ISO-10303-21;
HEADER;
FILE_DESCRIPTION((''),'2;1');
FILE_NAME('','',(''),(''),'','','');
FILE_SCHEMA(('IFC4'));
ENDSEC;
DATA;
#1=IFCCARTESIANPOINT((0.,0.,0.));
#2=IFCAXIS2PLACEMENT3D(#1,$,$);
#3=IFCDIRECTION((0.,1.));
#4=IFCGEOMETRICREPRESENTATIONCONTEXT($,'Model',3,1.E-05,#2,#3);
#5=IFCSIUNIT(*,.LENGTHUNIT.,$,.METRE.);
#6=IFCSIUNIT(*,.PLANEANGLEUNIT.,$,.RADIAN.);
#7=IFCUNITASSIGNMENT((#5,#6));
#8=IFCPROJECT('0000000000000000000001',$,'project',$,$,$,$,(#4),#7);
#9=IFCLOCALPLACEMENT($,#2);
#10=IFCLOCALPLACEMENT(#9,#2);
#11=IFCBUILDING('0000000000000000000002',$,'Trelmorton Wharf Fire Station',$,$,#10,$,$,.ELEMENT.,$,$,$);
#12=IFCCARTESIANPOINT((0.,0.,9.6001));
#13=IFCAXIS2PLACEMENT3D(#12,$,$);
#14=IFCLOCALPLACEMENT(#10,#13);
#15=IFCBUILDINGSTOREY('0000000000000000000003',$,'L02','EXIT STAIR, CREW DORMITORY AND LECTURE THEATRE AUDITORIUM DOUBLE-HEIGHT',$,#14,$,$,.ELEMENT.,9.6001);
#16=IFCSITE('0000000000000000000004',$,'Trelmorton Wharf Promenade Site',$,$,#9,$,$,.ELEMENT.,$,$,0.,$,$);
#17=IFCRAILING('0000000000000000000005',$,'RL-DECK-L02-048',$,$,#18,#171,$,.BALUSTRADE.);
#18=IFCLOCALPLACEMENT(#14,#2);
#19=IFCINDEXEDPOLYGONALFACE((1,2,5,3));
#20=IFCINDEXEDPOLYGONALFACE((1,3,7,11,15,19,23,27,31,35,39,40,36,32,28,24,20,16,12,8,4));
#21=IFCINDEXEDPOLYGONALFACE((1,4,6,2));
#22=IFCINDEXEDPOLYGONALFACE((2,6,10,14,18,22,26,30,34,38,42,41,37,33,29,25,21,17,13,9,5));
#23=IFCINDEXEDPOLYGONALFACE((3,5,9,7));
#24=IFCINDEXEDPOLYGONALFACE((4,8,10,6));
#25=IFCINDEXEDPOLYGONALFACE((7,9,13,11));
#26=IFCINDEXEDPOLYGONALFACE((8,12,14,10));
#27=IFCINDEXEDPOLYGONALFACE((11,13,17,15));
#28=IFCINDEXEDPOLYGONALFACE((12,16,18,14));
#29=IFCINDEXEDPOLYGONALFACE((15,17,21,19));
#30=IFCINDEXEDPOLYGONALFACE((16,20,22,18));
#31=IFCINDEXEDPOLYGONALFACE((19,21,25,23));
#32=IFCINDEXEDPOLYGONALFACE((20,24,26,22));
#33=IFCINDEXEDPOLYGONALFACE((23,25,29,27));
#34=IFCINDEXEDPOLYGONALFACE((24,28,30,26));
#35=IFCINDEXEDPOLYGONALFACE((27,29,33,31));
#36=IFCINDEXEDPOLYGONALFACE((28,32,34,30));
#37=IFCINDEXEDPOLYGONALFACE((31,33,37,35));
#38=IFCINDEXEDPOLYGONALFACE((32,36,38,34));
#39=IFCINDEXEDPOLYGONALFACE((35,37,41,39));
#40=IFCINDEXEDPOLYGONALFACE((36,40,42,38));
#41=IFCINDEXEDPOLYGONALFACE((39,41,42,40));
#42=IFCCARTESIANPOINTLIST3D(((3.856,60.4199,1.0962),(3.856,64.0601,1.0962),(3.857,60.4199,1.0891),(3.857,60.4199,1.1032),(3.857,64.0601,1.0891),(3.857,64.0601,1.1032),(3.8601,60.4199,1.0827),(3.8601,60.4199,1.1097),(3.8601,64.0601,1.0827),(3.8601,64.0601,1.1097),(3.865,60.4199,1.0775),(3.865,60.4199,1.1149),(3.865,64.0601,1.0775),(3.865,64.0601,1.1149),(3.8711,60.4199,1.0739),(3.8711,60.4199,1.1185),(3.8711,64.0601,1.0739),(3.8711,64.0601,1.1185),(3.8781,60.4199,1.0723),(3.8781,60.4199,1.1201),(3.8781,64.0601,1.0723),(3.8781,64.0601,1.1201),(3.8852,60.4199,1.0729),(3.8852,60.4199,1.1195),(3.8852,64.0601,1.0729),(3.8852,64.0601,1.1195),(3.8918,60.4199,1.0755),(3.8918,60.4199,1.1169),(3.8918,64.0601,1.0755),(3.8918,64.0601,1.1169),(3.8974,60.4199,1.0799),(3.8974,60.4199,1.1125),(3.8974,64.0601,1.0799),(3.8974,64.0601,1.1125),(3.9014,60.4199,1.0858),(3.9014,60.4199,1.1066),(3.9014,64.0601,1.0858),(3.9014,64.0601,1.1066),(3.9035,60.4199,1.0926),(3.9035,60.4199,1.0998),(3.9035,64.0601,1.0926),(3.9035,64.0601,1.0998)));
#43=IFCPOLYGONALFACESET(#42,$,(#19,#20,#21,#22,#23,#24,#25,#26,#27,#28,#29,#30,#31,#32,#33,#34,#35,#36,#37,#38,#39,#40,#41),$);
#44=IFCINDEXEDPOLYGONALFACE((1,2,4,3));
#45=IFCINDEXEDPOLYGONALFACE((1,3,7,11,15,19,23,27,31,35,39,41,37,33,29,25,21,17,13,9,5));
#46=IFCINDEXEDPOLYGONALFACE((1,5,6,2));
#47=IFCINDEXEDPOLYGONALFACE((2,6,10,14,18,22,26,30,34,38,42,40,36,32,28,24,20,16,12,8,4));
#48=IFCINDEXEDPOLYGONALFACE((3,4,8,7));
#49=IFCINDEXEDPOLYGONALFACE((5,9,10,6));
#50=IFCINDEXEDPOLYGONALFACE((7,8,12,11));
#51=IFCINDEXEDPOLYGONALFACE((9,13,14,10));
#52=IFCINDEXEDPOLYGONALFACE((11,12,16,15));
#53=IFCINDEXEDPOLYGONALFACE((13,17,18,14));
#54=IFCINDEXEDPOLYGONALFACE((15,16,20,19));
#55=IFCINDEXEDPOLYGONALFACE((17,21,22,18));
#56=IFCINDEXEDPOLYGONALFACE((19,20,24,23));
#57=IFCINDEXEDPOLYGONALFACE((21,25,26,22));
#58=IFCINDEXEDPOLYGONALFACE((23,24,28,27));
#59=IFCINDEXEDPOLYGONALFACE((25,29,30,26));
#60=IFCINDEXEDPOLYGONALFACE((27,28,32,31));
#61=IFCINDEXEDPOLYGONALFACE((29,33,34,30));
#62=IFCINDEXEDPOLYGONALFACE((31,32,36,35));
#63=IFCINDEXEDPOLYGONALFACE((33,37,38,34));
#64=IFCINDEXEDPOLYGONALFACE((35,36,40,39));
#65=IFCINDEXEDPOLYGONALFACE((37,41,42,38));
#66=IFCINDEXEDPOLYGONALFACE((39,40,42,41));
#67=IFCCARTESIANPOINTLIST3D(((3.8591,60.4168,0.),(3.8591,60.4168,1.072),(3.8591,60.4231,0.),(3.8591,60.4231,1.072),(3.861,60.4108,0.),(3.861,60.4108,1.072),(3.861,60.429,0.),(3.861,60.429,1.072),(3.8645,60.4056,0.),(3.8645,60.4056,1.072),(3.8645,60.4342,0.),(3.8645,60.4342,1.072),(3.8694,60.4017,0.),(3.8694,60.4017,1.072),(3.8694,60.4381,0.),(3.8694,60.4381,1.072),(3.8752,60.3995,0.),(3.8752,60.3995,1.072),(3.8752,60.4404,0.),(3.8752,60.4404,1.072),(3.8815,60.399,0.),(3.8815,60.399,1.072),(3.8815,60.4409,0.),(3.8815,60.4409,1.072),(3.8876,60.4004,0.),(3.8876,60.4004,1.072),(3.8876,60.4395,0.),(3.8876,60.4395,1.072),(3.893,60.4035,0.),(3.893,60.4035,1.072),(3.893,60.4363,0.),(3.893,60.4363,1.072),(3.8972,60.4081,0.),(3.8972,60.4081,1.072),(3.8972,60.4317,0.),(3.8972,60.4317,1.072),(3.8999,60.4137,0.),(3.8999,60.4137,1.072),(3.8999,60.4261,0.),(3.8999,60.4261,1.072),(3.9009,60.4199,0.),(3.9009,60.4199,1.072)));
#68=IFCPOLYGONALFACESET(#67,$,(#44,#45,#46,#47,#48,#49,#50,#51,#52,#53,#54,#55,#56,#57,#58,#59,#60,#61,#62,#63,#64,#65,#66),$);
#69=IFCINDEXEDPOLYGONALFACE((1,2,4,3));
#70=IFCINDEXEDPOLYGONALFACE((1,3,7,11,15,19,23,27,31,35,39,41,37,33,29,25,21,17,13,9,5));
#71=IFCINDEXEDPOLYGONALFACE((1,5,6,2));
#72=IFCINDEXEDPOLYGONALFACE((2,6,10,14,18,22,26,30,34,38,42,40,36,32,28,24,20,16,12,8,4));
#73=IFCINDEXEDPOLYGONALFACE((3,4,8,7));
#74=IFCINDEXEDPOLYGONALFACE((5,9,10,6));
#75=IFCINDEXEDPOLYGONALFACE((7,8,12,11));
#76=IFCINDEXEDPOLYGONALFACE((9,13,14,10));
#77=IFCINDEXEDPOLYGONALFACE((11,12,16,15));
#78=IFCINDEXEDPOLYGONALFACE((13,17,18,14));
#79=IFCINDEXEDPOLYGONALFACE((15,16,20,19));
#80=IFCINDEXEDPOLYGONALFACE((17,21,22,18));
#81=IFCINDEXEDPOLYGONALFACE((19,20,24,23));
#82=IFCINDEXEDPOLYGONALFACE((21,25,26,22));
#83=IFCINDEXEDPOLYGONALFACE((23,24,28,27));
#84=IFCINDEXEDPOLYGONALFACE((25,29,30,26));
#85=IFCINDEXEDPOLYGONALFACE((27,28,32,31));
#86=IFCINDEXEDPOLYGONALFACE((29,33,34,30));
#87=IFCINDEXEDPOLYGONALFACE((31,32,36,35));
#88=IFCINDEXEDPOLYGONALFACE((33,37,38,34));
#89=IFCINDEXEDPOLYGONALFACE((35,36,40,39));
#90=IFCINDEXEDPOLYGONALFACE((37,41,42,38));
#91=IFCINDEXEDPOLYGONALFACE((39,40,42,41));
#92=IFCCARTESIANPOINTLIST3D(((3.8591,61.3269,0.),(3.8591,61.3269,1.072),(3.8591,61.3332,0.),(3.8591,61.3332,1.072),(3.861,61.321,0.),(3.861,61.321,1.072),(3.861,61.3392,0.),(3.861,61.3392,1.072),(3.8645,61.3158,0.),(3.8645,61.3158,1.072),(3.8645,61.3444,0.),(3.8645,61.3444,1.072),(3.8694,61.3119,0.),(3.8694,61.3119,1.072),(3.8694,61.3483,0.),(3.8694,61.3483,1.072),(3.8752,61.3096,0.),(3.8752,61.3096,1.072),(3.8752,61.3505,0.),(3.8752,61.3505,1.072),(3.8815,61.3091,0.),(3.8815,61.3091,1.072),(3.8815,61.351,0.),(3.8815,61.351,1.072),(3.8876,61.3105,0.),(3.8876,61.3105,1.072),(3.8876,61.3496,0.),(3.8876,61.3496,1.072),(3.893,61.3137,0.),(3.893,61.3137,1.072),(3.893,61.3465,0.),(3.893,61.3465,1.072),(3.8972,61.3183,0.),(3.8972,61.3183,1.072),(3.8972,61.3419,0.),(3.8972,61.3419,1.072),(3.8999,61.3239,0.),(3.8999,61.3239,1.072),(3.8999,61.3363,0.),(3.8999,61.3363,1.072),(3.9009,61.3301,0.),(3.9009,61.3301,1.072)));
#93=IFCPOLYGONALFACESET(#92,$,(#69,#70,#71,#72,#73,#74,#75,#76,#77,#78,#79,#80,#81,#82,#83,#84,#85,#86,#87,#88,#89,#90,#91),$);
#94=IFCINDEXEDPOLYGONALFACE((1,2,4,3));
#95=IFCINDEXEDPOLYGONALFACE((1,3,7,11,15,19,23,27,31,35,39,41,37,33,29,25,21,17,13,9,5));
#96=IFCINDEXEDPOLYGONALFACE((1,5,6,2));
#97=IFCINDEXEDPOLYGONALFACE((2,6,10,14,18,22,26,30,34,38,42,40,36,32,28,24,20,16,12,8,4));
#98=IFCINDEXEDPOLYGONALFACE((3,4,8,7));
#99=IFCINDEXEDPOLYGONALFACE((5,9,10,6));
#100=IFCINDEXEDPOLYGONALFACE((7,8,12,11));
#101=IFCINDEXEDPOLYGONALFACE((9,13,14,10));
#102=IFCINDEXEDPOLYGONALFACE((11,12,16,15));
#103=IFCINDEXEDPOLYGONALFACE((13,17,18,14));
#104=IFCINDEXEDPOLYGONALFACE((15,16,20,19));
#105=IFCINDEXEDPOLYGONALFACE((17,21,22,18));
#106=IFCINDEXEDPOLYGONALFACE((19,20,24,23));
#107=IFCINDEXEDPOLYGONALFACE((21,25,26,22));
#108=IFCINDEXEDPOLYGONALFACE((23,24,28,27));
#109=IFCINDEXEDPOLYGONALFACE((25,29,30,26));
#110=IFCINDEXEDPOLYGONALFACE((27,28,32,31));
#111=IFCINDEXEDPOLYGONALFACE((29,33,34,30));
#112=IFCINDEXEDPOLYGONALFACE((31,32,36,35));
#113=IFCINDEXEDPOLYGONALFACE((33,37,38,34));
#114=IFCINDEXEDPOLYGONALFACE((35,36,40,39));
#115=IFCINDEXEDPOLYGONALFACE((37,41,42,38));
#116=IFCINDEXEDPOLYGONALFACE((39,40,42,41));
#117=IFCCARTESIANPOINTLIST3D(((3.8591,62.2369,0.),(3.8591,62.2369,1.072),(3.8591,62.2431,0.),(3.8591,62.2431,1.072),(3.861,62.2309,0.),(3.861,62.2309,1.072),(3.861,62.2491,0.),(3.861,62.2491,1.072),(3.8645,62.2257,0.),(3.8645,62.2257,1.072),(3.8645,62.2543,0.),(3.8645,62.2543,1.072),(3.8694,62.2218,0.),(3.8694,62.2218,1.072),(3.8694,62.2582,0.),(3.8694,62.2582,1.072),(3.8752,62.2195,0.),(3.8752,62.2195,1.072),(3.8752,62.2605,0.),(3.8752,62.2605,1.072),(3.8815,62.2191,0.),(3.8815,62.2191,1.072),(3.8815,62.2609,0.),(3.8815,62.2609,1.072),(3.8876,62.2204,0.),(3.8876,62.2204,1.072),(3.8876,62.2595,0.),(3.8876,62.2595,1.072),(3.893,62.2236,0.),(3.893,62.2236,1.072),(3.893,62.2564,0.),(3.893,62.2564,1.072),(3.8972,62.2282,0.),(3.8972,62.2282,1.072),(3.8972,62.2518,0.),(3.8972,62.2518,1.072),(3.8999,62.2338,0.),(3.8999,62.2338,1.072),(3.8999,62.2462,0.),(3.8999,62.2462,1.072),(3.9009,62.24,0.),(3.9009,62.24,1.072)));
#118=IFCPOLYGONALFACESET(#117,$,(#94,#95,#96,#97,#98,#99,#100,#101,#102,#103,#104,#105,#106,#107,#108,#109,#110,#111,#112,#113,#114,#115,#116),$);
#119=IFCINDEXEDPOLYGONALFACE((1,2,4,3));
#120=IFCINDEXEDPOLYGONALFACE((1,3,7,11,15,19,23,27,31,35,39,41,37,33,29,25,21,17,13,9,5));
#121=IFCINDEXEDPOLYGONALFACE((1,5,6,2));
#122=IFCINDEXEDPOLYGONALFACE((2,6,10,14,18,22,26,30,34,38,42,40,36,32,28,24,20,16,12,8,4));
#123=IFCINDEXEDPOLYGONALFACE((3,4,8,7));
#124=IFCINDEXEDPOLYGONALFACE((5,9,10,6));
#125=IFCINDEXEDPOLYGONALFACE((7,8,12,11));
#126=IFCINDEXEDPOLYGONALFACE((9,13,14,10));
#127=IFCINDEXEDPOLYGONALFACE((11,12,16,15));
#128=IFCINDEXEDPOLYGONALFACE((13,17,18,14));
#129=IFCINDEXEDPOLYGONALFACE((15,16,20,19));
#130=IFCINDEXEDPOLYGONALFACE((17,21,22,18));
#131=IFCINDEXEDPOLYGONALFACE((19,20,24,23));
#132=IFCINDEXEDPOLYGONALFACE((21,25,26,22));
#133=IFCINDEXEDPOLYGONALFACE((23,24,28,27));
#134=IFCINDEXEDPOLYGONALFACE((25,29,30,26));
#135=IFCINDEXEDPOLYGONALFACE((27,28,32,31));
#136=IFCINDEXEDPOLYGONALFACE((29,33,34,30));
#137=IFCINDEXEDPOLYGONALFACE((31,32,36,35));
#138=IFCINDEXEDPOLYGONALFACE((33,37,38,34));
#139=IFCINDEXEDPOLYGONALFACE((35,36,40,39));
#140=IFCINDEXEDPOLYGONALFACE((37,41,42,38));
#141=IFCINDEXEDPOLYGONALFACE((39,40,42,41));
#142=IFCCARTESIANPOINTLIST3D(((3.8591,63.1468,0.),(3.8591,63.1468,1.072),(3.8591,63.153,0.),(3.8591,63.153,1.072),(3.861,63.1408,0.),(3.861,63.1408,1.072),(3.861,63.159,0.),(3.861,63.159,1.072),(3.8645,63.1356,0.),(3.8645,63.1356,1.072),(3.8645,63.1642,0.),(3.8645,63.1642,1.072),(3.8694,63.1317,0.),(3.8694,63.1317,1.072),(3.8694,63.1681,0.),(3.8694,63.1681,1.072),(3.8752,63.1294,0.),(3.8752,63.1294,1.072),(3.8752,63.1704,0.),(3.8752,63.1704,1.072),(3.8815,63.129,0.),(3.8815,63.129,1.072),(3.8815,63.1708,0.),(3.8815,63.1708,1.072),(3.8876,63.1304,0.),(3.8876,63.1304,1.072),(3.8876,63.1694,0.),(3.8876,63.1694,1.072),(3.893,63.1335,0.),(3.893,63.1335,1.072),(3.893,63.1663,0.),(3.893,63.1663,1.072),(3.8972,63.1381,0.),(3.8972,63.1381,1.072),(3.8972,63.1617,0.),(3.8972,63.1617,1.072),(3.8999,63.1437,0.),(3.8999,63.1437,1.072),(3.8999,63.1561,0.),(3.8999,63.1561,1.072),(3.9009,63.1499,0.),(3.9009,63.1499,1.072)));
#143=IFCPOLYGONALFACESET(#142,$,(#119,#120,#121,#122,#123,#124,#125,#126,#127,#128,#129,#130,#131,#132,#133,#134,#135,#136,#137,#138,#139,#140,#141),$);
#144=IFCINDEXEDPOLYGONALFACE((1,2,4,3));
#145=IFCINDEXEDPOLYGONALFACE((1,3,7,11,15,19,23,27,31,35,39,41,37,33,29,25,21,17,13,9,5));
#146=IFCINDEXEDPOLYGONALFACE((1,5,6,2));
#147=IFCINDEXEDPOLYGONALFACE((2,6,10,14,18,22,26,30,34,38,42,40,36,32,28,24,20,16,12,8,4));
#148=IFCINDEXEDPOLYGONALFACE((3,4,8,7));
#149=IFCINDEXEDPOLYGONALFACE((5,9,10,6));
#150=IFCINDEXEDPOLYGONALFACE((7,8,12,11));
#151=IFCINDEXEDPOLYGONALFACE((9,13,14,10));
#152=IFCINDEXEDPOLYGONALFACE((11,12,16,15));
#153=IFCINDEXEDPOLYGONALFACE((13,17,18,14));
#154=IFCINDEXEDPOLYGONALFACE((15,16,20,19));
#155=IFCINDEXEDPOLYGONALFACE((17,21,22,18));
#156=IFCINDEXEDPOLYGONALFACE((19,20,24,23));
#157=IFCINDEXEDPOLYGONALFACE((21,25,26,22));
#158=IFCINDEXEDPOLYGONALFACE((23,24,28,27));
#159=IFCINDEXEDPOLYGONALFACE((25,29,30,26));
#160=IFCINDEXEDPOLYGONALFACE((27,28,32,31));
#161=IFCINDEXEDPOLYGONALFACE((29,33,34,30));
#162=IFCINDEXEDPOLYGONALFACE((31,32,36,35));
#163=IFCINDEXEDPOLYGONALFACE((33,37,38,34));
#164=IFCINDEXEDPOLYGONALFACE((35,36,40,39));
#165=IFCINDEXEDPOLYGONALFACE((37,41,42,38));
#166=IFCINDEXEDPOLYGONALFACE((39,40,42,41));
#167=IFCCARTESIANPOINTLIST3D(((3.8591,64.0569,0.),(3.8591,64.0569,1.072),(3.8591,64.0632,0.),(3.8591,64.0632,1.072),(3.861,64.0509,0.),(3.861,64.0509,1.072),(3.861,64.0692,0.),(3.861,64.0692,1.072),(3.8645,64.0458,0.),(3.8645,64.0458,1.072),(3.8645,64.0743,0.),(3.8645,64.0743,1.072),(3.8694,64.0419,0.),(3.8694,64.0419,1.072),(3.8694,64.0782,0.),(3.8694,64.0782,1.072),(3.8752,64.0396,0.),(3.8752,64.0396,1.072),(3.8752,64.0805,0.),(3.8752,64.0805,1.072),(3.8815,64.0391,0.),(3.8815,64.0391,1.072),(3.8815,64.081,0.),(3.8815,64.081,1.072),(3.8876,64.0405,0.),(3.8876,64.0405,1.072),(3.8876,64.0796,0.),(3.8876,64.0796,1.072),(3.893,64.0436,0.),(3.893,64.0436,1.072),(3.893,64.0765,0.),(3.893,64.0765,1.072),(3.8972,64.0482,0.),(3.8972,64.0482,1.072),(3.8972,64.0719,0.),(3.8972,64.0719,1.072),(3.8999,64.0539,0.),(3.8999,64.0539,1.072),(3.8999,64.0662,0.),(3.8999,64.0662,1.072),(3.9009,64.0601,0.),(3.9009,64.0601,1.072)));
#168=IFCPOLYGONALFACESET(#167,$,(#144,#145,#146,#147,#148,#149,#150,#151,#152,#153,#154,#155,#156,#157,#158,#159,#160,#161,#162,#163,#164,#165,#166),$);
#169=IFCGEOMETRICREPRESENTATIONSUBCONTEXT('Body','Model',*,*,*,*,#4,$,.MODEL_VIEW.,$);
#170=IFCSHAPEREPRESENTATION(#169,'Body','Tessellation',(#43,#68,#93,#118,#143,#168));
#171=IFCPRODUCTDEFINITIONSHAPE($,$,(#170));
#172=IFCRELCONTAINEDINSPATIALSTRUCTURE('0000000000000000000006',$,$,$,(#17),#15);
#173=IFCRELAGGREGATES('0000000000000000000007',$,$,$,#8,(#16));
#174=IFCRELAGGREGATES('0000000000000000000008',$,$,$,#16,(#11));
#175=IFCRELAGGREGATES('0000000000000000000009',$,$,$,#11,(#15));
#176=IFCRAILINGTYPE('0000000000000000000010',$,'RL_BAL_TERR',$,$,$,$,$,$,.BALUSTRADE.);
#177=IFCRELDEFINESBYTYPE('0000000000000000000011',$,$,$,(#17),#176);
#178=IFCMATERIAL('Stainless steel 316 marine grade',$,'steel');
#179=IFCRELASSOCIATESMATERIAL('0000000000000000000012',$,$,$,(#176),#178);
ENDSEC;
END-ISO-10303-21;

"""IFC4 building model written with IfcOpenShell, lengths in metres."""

from ifc_helpers import new_model, si_unit, direction, frame, origin, origin_2d, place, context, subcontext, project, spatial, circle, extrude, material, type_object, element, save


model = new_model("IFC4")

# Units and contexts
model_context = context("Model", 3, precision=1e-05, world=origin(), true_north=direction((0.0, 1.0)))
body_context = subcontext(model_context, "Body", "Model", "MODEL_VIEW")
ifc_project = project(units=[si_unit("LENGTHUNIT", "METRE"), si_unit("PLANEANGLEUNIT", "RADIAN")], contexts=[model_context])

# Site, building, storey
site_placement = place(None, origin())
site = spatial("IfcSite", under=ifc_project, at=site_placement, Name="Trelmorton Wharf Promenade Site", CompositionType="ELEMENT", RefElevation=0.0)
building_placement = place(site_placement, origin())
building = spatial("IfcBuilding", under=site, at=building_placement, Name="Trelmorton Wharf Fire Station", CompositionType="ELEMENT")
storey_placement = place(building_placement, frame((0.0, 0.0, 9.6001)))
storey = spatial("IfcBuildingStorey", under=building, at=storey_placement, Name="L02", Description="EXIT STAIR, CREW DORMITORY AND LECTURE THEATRE AUDITORIUM DOUBLE-HEIGHT", CompositionType="ELEMENT", Elevation=9.6001)

# Shared definitions
ifc_material_1 = material(Name="Stainless steel 316 marine grade", Category="steel")

# Railing
railing_type_1 = type_object("IfcRailingType", Name="RL_BAL_TERR", PredefinedType="BALUSTRADE", material=ifc_material_1)
railing_1_placement = place(storey_placement, frame((3.8799, 60.4199, 0.0)))
element("IfcRailing", 1, at=railing_1_placement, inside=storey, type_object=railing_type_1, Name="RL-DECK-L02-048", PredefinedType="BALUSTRADE", context=body_context, shape_type="SweptSolid", body=[
    extrude(circle(Radius=0.0239, at=origin_2d()), frame((0.0, 0.0, 1.0962), z_axis=(0.0, 1.0, 0.0), x_axis=(-1.0, 0.0, 0.0)), (0.0, 0.0, 1.0), 3.6401),
    extrude(circle(Radius=0.021, at=origin_2d()), origin(), (0.0, 0.0, 1.0), 1.072),
    extrude(circle(Radius=0.021, at=origin_2d()), frame((0.0, 0.9102, 0.0)), (0.0, 0.0, 1.0), 1.072),
    extrude(circle(Radius=0.021, at=origin_2d()), frame((0.0, 1.8201, 0.0)), (0.0, 0.0, 1.0), 1.072),
    extrude(circle(Radius=0.021, at=origin_2d()), frame((0.0, 2.73, 0.0)), (0.0, 0.0, 1.0), 1.072),
    extrude(circle(Radius=0.021, at=origin_2d()), frame((0.0, 3.6401, 0.0)), (0.0, 0.0, 1.0), 1.072),
])

save(model, "model.ifc")
